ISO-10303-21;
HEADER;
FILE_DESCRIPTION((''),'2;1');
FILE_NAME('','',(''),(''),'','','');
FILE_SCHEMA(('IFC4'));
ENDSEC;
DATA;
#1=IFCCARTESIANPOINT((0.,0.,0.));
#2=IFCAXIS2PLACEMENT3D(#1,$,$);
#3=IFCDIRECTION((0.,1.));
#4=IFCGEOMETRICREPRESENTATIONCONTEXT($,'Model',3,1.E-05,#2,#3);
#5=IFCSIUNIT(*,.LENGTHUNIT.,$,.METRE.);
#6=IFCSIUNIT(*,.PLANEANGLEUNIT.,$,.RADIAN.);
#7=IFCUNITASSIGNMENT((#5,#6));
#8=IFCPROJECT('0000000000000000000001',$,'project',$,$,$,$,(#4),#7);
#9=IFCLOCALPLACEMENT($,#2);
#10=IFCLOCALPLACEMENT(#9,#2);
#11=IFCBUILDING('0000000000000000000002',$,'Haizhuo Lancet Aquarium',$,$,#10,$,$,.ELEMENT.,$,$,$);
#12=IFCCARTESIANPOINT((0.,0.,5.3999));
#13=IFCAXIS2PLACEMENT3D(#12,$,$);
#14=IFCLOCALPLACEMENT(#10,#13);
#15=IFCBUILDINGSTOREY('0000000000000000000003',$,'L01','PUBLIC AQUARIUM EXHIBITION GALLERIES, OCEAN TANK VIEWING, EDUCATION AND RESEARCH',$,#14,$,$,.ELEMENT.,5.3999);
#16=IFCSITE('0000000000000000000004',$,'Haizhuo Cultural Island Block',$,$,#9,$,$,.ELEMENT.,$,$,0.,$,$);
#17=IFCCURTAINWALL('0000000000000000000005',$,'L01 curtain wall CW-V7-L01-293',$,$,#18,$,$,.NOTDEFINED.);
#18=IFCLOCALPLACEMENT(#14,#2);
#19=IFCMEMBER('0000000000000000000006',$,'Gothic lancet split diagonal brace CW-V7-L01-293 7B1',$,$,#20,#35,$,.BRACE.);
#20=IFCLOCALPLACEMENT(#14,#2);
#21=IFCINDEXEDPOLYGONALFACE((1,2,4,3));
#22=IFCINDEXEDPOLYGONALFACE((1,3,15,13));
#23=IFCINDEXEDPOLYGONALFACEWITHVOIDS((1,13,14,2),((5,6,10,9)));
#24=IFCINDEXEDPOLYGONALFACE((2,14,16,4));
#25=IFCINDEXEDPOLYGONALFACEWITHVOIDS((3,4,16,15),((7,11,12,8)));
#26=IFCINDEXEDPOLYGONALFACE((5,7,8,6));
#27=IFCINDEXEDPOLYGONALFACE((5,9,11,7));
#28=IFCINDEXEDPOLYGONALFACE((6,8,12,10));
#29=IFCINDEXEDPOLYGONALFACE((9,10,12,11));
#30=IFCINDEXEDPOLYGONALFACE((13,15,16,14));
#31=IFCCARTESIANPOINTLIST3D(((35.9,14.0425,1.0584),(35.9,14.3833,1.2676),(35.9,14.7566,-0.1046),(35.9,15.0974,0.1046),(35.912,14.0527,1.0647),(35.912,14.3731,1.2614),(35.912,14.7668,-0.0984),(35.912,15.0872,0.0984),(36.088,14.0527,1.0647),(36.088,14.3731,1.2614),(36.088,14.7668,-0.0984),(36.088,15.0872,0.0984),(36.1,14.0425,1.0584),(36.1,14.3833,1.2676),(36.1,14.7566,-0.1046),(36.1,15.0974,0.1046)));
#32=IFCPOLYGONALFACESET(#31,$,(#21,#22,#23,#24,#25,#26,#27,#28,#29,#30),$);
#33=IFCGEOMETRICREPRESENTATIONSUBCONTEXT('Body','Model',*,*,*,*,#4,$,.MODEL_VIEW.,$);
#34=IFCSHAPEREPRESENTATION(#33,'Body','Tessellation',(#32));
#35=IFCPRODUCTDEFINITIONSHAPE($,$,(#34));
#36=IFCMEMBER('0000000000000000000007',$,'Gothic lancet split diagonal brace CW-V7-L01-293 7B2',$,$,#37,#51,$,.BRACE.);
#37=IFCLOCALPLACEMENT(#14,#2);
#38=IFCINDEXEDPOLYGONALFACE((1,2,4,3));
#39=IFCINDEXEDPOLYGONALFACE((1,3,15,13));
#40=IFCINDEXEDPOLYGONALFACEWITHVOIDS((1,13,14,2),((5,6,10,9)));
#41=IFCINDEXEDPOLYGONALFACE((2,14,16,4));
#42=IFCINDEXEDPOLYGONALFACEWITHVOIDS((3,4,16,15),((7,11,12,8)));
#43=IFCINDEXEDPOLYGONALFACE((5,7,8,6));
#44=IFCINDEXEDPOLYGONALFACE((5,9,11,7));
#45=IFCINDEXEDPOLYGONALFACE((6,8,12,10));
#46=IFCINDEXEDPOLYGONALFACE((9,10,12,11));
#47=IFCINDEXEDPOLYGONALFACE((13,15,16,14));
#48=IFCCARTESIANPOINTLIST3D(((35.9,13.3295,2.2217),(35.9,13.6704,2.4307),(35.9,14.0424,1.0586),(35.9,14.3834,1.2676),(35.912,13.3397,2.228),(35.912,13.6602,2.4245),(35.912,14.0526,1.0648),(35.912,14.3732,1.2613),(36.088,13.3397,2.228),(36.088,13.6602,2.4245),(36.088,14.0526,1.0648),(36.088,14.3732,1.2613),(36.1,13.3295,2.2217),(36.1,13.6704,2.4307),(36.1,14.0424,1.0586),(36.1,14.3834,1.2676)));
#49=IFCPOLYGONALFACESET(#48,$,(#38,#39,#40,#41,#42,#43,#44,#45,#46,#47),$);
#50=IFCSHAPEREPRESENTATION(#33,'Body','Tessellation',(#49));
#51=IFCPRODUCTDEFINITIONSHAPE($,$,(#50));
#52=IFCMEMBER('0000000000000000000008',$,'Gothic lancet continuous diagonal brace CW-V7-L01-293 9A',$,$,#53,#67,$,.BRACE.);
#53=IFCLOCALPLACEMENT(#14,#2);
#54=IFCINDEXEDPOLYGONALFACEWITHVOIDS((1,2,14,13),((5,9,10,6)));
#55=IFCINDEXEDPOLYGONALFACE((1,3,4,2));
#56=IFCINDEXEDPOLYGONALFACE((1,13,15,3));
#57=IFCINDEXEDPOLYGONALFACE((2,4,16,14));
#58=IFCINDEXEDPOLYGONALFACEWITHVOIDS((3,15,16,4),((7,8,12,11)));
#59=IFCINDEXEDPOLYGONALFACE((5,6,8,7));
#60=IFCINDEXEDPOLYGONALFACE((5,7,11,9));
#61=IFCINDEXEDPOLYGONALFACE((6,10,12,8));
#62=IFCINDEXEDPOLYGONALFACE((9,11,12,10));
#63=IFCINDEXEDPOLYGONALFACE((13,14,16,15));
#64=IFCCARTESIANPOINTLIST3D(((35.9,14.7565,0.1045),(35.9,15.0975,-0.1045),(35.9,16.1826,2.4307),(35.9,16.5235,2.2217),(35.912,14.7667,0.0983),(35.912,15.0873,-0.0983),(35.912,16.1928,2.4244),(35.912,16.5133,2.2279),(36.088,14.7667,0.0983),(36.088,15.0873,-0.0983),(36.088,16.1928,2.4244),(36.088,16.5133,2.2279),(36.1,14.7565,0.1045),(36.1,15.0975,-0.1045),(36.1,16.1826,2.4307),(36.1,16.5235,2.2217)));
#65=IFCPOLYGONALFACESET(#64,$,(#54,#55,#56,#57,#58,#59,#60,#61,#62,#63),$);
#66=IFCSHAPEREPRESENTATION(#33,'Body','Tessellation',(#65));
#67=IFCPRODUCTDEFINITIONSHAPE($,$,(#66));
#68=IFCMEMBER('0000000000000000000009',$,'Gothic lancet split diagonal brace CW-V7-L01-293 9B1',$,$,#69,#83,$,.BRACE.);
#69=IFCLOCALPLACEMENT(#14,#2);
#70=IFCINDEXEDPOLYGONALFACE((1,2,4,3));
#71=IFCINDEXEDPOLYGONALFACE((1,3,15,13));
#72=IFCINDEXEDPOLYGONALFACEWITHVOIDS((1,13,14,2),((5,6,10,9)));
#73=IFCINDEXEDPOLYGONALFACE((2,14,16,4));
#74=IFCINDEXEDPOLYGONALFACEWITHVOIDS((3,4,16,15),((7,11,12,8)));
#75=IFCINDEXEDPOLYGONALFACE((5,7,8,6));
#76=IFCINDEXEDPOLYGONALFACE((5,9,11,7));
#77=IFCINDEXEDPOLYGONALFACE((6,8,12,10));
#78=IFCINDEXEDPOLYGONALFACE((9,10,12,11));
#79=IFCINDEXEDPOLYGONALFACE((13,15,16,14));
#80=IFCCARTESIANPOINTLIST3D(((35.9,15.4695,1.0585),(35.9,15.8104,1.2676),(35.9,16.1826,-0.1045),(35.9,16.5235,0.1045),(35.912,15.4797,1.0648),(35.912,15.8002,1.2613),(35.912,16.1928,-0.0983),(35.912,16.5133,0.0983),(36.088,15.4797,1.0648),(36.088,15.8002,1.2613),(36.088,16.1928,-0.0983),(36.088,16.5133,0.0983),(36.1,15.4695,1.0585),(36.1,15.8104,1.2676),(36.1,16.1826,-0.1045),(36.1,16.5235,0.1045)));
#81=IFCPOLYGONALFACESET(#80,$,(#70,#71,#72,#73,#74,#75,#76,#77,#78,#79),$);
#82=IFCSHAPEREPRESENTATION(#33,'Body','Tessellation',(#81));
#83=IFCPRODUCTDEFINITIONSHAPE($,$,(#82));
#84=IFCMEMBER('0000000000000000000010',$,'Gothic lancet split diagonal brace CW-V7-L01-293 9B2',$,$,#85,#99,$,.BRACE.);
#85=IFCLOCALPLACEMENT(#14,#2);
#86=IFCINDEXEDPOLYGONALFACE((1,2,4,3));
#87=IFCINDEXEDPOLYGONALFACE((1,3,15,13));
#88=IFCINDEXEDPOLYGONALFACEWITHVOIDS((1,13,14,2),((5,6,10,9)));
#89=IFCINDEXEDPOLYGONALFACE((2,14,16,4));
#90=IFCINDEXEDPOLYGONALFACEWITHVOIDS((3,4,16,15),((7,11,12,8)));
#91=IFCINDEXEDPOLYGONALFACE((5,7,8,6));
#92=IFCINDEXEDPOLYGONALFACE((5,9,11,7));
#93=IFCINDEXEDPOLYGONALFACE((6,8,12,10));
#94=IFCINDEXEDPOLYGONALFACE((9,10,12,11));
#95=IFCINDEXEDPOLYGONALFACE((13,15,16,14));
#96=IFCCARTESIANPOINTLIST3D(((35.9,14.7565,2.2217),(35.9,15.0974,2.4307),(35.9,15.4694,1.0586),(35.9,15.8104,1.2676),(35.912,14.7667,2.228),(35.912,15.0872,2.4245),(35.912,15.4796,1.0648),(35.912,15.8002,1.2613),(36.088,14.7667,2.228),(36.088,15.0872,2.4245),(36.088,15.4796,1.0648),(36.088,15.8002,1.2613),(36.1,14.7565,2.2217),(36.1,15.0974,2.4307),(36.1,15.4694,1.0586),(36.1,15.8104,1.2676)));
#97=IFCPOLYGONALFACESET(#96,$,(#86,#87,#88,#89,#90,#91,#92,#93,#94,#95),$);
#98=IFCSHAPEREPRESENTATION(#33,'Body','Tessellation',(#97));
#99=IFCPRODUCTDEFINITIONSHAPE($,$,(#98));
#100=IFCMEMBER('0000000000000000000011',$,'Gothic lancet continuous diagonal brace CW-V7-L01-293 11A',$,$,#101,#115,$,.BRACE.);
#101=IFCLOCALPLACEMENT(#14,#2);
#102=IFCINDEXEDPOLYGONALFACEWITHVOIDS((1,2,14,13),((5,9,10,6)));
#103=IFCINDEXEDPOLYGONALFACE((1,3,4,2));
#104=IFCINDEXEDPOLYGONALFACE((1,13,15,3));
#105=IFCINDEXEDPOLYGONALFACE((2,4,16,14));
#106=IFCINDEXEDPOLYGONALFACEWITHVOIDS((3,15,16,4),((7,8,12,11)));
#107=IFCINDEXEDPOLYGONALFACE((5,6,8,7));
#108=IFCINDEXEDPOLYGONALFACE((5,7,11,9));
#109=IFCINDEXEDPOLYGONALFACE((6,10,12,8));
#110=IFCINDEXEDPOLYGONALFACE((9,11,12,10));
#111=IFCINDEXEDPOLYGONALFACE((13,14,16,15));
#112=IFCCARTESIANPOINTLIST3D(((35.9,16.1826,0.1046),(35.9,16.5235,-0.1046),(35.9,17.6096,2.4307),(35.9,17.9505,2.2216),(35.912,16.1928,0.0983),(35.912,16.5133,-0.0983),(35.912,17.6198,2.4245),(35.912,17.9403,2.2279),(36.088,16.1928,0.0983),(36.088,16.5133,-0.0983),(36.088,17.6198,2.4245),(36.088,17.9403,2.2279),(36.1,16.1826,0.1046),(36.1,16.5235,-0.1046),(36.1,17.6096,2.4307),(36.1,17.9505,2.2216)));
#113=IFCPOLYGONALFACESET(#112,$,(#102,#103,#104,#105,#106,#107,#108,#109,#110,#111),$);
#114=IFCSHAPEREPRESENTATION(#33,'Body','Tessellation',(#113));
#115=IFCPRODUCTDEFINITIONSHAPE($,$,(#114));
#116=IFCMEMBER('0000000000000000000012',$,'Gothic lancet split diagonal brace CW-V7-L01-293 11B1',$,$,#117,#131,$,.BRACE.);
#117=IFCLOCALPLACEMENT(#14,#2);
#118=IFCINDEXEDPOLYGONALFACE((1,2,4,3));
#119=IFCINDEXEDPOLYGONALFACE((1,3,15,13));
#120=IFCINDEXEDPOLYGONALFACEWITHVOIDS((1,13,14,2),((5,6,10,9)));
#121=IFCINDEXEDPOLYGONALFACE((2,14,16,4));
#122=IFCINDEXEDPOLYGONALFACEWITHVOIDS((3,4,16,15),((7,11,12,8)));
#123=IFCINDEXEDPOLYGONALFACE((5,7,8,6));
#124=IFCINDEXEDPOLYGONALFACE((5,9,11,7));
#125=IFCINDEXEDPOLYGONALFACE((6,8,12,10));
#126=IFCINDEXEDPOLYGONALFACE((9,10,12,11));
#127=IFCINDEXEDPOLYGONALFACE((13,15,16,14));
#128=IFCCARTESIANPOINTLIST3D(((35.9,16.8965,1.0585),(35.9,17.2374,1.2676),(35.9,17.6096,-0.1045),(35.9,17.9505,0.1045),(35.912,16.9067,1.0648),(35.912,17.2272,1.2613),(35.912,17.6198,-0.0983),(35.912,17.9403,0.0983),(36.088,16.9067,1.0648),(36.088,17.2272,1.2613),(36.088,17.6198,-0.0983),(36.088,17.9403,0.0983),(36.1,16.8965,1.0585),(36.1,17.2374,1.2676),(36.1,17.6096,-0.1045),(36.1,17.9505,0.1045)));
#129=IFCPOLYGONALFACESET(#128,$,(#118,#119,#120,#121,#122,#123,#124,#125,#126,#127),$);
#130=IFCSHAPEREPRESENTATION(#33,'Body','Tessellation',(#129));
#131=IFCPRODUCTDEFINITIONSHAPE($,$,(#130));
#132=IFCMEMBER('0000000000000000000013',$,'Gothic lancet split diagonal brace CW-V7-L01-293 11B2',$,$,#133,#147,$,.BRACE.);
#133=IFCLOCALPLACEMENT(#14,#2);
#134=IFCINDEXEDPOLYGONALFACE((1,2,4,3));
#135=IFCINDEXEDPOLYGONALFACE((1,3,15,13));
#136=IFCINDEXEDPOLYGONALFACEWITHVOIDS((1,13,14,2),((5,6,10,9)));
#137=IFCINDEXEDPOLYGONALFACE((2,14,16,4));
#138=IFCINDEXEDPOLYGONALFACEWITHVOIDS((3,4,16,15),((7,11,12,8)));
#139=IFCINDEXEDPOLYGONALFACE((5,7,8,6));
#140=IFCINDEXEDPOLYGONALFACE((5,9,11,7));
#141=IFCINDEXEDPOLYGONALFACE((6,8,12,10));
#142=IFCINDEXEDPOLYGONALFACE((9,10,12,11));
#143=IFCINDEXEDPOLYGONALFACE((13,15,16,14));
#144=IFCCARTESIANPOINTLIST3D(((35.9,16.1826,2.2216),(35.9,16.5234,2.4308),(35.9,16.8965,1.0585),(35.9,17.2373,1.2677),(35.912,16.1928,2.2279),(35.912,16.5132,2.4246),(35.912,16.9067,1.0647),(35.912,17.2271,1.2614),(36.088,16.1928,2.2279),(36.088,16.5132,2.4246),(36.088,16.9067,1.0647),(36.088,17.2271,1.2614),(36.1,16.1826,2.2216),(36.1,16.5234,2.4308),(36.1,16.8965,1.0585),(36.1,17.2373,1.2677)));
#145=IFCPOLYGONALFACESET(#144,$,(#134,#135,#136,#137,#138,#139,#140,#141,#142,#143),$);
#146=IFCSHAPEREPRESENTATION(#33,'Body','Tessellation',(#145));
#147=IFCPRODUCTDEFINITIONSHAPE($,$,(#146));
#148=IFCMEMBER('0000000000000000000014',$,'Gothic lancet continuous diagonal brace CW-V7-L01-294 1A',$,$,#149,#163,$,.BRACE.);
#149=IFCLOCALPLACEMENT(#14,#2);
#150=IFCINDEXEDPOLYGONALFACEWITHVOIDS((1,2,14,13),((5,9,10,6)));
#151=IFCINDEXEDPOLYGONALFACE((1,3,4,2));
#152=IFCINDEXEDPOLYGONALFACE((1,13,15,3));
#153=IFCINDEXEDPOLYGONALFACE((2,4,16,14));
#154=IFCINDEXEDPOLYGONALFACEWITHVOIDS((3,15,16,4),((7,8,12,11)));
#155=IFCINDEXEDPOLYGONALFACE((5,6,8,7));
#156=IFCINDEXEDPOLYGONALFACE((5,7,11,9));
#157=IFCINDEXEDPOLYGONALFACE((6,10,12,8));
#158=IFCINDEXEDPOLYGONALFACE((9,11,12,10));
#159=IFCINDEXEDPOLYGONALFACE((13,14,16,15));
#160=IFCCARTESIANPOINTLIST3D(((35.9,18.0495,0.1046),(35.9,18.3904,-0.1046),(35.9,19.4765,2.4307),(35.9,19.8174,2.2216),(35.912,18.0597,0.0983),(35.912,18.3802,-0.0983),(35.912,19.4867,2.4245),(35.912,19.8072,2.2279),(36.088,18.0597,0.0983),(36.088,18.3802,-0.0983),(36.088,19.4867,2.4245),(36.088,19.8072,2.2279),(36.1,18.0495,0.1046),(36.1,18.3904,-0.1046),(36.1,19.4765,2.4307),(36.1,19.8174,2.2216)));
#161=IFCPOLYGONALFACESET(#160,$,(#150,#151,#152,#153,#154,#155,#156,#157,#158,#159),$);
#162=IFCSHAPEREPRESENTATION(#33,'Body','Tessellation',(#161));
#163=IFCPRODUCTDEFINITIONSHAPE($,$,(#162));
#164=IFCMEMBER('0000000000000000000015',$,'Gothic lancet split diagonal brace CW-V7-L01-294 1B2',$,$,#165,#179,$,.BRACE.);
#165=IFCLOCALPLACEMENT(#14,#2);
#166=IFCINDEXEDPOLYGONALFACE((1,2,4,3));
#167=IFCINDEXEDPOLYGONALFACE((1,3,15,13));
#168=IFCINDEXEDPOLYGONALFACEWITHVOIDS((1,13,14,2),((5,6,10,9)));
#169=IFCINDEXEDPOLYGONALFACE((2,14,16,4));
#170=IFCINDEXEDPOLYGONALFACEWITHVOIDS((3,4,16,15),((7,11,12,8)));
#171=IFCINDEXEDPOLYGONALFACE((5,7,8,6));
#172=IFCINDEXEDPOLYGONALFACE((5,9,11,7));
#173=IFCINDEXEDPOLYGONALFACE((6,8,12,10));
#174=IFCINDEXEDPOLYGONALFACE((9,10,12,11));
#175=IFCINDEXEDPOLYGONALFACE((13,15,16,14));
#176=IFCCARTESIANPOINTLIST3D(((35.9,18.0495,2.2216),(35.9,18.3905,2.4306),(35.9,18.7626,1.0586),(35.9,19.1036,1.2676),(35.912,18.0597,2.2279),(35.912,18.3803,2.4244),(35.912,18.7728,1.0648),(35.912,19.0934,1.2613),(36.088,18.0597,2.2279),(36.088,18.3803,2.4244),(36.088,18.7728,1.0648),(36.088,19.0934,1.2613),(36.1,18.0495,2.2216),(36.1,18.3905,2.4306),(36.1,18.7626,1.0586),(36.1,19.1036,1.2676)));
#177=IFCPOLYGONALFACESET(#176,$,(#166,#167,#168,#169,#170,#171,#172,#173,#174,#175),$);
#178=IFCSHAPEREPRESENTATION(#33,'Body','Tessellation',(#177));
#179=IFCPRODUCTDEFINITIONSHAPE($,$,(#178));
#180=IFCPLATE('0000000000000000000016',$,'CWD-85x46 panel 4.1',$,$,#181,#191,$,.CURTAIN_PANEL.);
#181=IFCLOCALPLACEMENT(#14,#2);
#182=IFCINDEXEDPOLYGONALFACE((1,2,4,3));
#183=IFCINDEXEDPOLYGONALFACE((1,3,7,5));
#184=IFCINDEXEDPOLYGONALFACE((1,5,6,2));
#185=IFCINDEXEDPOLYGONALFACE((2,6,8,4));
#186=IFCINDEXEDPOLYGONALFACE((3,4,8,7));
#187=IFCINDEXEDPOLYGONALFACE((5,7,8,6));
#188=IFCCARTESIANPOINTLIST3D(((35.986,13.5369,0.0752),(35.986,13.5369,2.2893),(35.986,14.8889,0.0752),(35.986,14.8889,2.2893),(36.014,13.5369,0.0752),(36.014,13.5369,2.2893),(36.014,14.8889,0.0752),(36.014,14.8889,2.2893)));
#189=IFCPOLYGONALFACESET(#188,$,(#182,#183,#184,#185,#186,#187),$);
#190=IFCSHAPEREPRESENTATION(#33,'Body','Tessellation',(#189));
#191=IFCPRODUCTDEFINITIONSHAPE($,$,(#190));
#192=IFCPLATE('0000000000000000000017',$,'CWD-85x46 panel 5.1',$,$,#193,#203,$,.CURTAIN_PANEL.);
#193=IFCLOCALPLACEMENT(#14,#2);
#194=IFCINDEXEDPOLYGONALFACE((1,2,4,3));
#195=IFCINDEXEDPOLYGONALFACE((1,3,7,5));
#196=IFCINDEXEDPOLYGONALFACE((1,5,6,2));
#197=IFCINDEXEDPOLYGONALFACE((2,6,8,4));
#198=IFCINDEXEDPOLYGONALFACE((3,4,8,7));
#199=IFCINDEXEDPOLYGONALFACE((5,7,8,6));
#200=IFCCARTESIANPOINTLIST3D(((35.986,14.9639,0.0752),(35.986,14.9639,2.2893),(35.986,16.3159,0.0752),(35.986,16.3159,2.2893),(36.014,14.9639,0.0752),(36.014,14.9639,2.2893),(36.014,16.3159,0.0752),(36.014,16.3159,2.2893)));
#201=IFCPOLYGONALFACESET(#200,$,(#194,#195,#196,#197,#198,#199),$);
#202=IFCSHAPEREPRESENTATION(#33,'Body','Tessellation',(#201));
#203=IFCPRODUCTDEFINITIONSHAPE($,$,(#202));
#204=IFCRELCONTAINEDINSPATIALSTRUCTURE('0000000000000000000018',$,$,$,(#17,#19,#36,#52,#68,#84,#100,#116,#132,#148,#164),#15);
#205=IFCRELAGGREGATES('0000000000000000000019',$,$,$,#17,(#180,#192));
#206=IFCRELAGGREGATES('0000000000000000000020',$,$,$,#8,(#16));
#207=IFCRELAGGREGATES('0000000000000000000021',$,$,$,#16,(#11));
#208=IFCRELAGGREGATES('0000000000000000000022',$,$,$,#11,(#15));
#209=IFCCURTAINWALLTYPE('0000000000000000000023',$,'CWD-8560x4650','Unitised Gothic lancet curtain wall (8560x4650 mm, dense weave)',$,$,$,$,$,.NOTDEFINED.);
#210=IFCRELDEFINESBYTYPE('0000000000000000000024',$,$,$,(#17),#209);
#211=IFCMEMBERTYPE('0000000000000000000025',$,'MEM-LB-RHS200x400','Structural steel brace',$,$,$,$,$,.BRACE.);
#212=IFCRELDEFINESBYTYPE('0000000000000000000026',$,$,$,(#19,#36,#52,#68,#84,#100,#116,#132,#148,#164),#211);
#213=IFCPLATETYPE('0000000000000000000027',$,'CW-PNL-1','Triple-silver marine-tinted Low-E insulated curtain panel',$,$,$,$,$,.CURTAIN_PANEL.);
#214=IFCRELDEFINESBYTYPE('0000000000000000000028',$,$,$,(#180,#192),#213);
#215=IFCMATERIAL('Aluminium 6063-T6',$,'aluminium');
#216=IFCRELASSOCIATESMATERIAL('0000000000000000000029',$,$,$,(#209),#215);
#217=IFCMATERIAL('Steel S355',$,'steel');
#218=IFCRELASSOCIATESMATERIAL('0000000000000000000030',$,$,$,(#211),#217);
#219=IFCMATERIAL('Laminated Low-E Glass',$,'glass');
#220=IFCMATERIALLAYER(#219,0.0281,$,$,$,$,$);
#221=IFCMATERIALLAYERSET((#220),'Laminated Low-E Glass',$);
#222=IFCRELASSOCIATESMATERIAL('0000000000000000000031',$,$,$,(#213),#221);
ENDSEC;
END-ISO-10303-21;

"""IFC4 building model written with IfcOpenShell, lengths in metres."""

from ifc_helpers import new_model, si_unit, direction, frame, origin, origin_2d, place, context, subcontext, project, spatial, rectangle, hollow_rectangle, extrude, material, layer, layer_set, material_profile, profile_set, type_object, element, aggregate, save


model = new_model("IFC4")

# Units and contexts
model_context = context("Model", 3, precision=1e-05, world=origin(), true_north=direction((0.0, 1.0)))
body_context = subcontext(model_context, "Body", "Model", "MODEL_VIEW")
ifc_project = project(units=[si_unit("LENGTHUNIT", "METRE"), si_unit("PLANEANGLEUNIT", "RADIAN")], contexts=[model_context])

# Site, building, storey
site_placement = place(None, origin())
site = spatial("IfcSite", under=ifc_project, at=site_placement, Name="Haizhuo Cultural Island Block", CompositionType="ELEMENT", RefElevation=0.0)
building_placement = place(site_placement, origin())
building = spatial("IfcBuilding", under=site, at=building_placement, Name="Haizhuo Lancet Aquarium", CompositionType="ELEMENT")
storey_placement = place(building_placement, frame((0.0, 0.0, 5.3999)))
storey = spatial("IfcBuildingStorey", under=building, at=storey_placement, Name="L01", Description="PUBLIC AQUARIUM EXHIBITION GALLERIES, OCEAN TANK VIEWING, EDUCATION AND RESEARCH", CompositionType="ELEMENT", Elevation=5.3999)

# Shared definitions
ifc_material_1 = material(Name="Steel S355", Category="steel")

# Curtain wall
ifc_material_2 = material(Name="Aluminium 6063-T6", Category="aluminium")
curtain_wall_type = type_object("IfcCurtainWallType", Name="CWD-8560x4650", Description="Unitised Gothic lancet curtain wall (8560x4650 mm, dense weave)", PredefinedType="NOTDEFINED", material=ifc_material_2)
curtain_wall_1_placement = place(storey_placement, origin())
curtain_wall_1 = element("IfcCurtainWall", 1, at=curtain_wall_1_placement, inside=storey, type_object=curtain_wall_type, Name="L01 curtain wall CW-V7-L01-293", PredefinedType="NOTDEFINED")

# Members
ifc_material_profile_1 = material_profile(ifc_material_1, hollow_rectangle(XDim=0.2, YDim=0.3999, WallThickness=0.012, at=origin_2d()), Name="RHS 200x400x12")
ifc_profile_set_1 = profile_set([ifc_material_profile_1], Name="Steel S355")
member_type_1 = type_object("IfcMemberType", Name="MEM-LB-RHS200x400", Description="Structural steel brace", PredefinedType="BRACE", material=ifc_profile_set_1)
member_1_placement = place(storey_placement, frame((36.0, 14.927, 0.0), z_axis=(0.0, -0.523229, 0.852192), x_axis=(1.0, 0.0, 0.0)))
element("IfcMember", 2, at=member_1_placement, inside=storey, type_object=member_type_1, Name="Gothic lancet split diagonal brace CW-V7-L01-293 7B1", PredefinedType="BRACE", context=body_context, shape_type="SweptSolid", body=[
    extrude(hollow_rectangle(XDim=0.2, YDim=0.3999, WallThickness=0.012, at=origin_2d()), origin(), (0.0, 0.0, 1.0), 1.3647),
])
member_2_placement = place(storey_placement, frame((36.0, 14.2129, 1.1631), z_axis=(0.0, -0.522579, 0.852591), x_axis=(1.0, 0.0, 0.0)))
element("IfcMember", 3, at=member_2_placement, inside=storey, type_object=member_type_1, Name="Gothic lancet split diagonal brace CW-V7-L01-293 7B2", PredefinedType="BRACE", context=body_context, shape_type="SweptSolid", body=[
    extrude(hollow_rectangle(XDim=0.2, YDim=0.3999, WallThickness=0.012, at=origin_2d()), origin(), (0.0, 0.0, 1.0), 1.3643),
])
member_3_placement = place(storey_placement, frame((36.0, 14.927, 0.0), z_axis=(0.0, 0.522644, 0.852551), x_axis=(-1.0, 0.0, 0.0)))
element("IfcMember", 4, at=member_3_placement, inside=storey, type_object=member_type_1, Name="Gothic lancet continuous diagonal brace CW-V7-L01-293 9A", PredefinedType="BRACE", context=body_context, shape_type="SweptSolid", body=[
    extrude(hollow_rectangle(XDim=0.2, YDim=0.3999, WallThickness=0.012, at=origin_2d()), origin(), (0.0, 0.0, 1.0), 2.7285),
])
for number, where, z_axis, x_axis, name in (
    (5, (36.0, 16.353, 0.0), (0.0, -0.522709, 0.852511), (1.0, 0.0, 0.0), "Gothic lancet split diagonal brace CW-V7-L01-293 9B1"),
    (6, (36.0, 15.6399, 1.1631), (0.0, -0.522579, 0.852591), (1.0, 0.0, 0.0), "Gothic lancet split diagonal brace CW-V7-L01-293 9B2"),
):
    element("IfcMember", number, at=place(storey_placement, frame(where, z_axis=z_axis, x_axis=x_axis)), inside=storey, type_object=member_type_1, Name=name, PredefinedType="BRACE", context=body_context, shape_type="SweptSolid", body=[
        extrude(hollow_rectangle(XDim=0.2, YDim=0.3999, WallThickness=0.012, at=origin_2d()), origin(), (0.0, 0.0, 1.0), 1.3643),
    ])
member_4_placement = place(storey_placement, frame((36.0, 16.353, 0.0), z_axis=(0.0, 0.522904, 0.852392), x_axis=(-1.0, 0.0, 0.0)))
element("IfcMember", 7, at=member_4_placement, inside=storey, type_object=member_type_1, Name="Gothic lancet continuous diagonal brace CW-V7-L01-293 11A", PredefinedType="BRACE", context=body_context, shape_type="SweptSolid", body=[
    extrude(hollow_rectangle(XDim=0.2, YDim=0.3999, WallThickness=0.012, at=origin_2d()), origin(), (0.0, 0.0, 1.0), 2.729),
])
member_5_placement = place(storey_placement, frame((36.0, 17.78, 0.0), z_axis=(0.0, -0.522709, 0.852511), x_axis=(1.0, 0.0, 0.0)))
element("IfcMember", 8, at=member_5_placement, inside=storey, type_object=member_type_1, Name="Gothic lancet split diagonal brace CW-V7-L01-293 11B1", PredefinedType="BRACE", context=body_context, shape_type="SweptSolid", body=[
    extrude(hollow_rectangle(XDim=0.2, YDim=0.3999, WallThickness=0.012, at=origin_2d()), origin(), (0.0, 0.0, 1.0), 1.3643),
])
member_6_placement = place(storey_placement, frame((36.0, 17.0669, 1.1631), z_axis=(0.0, -0.523099, 0.852272), x_axis=(1.0, 0.0, 0.0)))
element("IfcMember", 9, at=member_6_placement, inside=storey, type_object=member_type_1, Name="Gothic lancet split diagonal brace CW-V7-L01-293 11B2", PredefinedType="BRACE", context=body_context, shape_type="SweptSolid", body=[
    extrude(hollow_rectangle(XDim=0.2, YDim=0.3999, WallThickness=0.012, at=origin_2d()), origin(), (0.0, 0.0, 1.0), 1.3647),
])
member_7_placement = place(storey_placement, frame((36.0, 18.22, 0.0), z_axis=(0.0, 0.522904, 0.852392), x_axis=(-1.0, 0.0, 0.0)))
element("IfcMember", 10, at=member_7_placement, inside=storey, type_object=member_type_1, Name="Gothic lancet continuous diagonal brace CW-V7-L01-294 1A", PredefinedType="BRACE", context=body_context, shape_type="SweptSolid", body=[
    extrude(hollow_rectangle(XDim=0.2, YDim=0.3999, WallThickness=0.012, at=origin_2d()), origin(), (0.0, 0.0, 1.0), 2.729),
])
member_8_placement = place(storey_placement, frame((36.0, 18.9331, 1.1631), z_axis=(0.0, -0.522709, 0.852511), x_axis=(1.0, 0.0, 0.0)))
element("IfcMember", 11, at=member_8_placement, inside=storey, type_object=member_type_1, Name="Gothic lancet split diagonal brace CW-V7-L01-294 1B2", PredefinedType="BRACE", context=body_context, shape_type="SweptSolid", body=[
    extrude(hollow_rectangle(XDim=0.2, YDim=0.3999, WallThickness=0.012, at=origin_2d()), origin(), (0.0, 0.0, 1.0), 1.3643),
])

# Plates
ifc_material_3 = material(Name="Laminated Low-E Glass", Category="glass")
ifc_layer = layer(ifc_material_3, 0.0281)
ifc_layer_set = layer_set([ifc_layer], Name="Laminated Low-E Glass")
plate_type = type_object("IfcPlateType", Name="CW-PNL-1", Description="Triple-silver marine-tinted Low-E insulated curtain panel", PredefinedType="CURTAIN_PANEL", material=ifc_layer_set)
plate_1_placement = place(storey_placement, frame((36.0, 14.2129, 0.0752), z_axis=(0.0, 0.0, 1.0), x_axis=(0.0, 1.0, 0.0)))
plate_1 = element("IfcPlate", 12, at=plate_1_placement, type_object=plate_type, Name="CWD-85x46 panel 4.1", PredefinedType="CURTAIN_PANEL", context=body_context, shape_type="SweptSolid", body=[
    extrude(rectangle(XDim=1.3521, YDim=0.0281, at=origin_2d()), origin(), (0.0, 0.0, 1.0), 2.2141),
])
plate_2_placement = place(storey_placement, frame((36.0, 15.6399, 0.0752), z_axis=(0.0, 0.0, 1.0), x_axis=(0.0, 1.0, 0.0)))
plate_2 = element("IfcPlate", 13, at=plate_2_placement, type_object=plate_type, Name="CWD-85x46 panel 5.1", PredefinedType="CURTAIN_PANEL", context=body_context, shape_type="SweptSolid", body=[
    extrude(rectangle(XDim=1.3521, YDim=0.0281, at=origin_2d()), origin(), (0.0, 0.0, 1.0), 2.2141),
])
aggregate(curtain_wall_1, [plate_1, plate_2])

save(model, "model.ifc")
